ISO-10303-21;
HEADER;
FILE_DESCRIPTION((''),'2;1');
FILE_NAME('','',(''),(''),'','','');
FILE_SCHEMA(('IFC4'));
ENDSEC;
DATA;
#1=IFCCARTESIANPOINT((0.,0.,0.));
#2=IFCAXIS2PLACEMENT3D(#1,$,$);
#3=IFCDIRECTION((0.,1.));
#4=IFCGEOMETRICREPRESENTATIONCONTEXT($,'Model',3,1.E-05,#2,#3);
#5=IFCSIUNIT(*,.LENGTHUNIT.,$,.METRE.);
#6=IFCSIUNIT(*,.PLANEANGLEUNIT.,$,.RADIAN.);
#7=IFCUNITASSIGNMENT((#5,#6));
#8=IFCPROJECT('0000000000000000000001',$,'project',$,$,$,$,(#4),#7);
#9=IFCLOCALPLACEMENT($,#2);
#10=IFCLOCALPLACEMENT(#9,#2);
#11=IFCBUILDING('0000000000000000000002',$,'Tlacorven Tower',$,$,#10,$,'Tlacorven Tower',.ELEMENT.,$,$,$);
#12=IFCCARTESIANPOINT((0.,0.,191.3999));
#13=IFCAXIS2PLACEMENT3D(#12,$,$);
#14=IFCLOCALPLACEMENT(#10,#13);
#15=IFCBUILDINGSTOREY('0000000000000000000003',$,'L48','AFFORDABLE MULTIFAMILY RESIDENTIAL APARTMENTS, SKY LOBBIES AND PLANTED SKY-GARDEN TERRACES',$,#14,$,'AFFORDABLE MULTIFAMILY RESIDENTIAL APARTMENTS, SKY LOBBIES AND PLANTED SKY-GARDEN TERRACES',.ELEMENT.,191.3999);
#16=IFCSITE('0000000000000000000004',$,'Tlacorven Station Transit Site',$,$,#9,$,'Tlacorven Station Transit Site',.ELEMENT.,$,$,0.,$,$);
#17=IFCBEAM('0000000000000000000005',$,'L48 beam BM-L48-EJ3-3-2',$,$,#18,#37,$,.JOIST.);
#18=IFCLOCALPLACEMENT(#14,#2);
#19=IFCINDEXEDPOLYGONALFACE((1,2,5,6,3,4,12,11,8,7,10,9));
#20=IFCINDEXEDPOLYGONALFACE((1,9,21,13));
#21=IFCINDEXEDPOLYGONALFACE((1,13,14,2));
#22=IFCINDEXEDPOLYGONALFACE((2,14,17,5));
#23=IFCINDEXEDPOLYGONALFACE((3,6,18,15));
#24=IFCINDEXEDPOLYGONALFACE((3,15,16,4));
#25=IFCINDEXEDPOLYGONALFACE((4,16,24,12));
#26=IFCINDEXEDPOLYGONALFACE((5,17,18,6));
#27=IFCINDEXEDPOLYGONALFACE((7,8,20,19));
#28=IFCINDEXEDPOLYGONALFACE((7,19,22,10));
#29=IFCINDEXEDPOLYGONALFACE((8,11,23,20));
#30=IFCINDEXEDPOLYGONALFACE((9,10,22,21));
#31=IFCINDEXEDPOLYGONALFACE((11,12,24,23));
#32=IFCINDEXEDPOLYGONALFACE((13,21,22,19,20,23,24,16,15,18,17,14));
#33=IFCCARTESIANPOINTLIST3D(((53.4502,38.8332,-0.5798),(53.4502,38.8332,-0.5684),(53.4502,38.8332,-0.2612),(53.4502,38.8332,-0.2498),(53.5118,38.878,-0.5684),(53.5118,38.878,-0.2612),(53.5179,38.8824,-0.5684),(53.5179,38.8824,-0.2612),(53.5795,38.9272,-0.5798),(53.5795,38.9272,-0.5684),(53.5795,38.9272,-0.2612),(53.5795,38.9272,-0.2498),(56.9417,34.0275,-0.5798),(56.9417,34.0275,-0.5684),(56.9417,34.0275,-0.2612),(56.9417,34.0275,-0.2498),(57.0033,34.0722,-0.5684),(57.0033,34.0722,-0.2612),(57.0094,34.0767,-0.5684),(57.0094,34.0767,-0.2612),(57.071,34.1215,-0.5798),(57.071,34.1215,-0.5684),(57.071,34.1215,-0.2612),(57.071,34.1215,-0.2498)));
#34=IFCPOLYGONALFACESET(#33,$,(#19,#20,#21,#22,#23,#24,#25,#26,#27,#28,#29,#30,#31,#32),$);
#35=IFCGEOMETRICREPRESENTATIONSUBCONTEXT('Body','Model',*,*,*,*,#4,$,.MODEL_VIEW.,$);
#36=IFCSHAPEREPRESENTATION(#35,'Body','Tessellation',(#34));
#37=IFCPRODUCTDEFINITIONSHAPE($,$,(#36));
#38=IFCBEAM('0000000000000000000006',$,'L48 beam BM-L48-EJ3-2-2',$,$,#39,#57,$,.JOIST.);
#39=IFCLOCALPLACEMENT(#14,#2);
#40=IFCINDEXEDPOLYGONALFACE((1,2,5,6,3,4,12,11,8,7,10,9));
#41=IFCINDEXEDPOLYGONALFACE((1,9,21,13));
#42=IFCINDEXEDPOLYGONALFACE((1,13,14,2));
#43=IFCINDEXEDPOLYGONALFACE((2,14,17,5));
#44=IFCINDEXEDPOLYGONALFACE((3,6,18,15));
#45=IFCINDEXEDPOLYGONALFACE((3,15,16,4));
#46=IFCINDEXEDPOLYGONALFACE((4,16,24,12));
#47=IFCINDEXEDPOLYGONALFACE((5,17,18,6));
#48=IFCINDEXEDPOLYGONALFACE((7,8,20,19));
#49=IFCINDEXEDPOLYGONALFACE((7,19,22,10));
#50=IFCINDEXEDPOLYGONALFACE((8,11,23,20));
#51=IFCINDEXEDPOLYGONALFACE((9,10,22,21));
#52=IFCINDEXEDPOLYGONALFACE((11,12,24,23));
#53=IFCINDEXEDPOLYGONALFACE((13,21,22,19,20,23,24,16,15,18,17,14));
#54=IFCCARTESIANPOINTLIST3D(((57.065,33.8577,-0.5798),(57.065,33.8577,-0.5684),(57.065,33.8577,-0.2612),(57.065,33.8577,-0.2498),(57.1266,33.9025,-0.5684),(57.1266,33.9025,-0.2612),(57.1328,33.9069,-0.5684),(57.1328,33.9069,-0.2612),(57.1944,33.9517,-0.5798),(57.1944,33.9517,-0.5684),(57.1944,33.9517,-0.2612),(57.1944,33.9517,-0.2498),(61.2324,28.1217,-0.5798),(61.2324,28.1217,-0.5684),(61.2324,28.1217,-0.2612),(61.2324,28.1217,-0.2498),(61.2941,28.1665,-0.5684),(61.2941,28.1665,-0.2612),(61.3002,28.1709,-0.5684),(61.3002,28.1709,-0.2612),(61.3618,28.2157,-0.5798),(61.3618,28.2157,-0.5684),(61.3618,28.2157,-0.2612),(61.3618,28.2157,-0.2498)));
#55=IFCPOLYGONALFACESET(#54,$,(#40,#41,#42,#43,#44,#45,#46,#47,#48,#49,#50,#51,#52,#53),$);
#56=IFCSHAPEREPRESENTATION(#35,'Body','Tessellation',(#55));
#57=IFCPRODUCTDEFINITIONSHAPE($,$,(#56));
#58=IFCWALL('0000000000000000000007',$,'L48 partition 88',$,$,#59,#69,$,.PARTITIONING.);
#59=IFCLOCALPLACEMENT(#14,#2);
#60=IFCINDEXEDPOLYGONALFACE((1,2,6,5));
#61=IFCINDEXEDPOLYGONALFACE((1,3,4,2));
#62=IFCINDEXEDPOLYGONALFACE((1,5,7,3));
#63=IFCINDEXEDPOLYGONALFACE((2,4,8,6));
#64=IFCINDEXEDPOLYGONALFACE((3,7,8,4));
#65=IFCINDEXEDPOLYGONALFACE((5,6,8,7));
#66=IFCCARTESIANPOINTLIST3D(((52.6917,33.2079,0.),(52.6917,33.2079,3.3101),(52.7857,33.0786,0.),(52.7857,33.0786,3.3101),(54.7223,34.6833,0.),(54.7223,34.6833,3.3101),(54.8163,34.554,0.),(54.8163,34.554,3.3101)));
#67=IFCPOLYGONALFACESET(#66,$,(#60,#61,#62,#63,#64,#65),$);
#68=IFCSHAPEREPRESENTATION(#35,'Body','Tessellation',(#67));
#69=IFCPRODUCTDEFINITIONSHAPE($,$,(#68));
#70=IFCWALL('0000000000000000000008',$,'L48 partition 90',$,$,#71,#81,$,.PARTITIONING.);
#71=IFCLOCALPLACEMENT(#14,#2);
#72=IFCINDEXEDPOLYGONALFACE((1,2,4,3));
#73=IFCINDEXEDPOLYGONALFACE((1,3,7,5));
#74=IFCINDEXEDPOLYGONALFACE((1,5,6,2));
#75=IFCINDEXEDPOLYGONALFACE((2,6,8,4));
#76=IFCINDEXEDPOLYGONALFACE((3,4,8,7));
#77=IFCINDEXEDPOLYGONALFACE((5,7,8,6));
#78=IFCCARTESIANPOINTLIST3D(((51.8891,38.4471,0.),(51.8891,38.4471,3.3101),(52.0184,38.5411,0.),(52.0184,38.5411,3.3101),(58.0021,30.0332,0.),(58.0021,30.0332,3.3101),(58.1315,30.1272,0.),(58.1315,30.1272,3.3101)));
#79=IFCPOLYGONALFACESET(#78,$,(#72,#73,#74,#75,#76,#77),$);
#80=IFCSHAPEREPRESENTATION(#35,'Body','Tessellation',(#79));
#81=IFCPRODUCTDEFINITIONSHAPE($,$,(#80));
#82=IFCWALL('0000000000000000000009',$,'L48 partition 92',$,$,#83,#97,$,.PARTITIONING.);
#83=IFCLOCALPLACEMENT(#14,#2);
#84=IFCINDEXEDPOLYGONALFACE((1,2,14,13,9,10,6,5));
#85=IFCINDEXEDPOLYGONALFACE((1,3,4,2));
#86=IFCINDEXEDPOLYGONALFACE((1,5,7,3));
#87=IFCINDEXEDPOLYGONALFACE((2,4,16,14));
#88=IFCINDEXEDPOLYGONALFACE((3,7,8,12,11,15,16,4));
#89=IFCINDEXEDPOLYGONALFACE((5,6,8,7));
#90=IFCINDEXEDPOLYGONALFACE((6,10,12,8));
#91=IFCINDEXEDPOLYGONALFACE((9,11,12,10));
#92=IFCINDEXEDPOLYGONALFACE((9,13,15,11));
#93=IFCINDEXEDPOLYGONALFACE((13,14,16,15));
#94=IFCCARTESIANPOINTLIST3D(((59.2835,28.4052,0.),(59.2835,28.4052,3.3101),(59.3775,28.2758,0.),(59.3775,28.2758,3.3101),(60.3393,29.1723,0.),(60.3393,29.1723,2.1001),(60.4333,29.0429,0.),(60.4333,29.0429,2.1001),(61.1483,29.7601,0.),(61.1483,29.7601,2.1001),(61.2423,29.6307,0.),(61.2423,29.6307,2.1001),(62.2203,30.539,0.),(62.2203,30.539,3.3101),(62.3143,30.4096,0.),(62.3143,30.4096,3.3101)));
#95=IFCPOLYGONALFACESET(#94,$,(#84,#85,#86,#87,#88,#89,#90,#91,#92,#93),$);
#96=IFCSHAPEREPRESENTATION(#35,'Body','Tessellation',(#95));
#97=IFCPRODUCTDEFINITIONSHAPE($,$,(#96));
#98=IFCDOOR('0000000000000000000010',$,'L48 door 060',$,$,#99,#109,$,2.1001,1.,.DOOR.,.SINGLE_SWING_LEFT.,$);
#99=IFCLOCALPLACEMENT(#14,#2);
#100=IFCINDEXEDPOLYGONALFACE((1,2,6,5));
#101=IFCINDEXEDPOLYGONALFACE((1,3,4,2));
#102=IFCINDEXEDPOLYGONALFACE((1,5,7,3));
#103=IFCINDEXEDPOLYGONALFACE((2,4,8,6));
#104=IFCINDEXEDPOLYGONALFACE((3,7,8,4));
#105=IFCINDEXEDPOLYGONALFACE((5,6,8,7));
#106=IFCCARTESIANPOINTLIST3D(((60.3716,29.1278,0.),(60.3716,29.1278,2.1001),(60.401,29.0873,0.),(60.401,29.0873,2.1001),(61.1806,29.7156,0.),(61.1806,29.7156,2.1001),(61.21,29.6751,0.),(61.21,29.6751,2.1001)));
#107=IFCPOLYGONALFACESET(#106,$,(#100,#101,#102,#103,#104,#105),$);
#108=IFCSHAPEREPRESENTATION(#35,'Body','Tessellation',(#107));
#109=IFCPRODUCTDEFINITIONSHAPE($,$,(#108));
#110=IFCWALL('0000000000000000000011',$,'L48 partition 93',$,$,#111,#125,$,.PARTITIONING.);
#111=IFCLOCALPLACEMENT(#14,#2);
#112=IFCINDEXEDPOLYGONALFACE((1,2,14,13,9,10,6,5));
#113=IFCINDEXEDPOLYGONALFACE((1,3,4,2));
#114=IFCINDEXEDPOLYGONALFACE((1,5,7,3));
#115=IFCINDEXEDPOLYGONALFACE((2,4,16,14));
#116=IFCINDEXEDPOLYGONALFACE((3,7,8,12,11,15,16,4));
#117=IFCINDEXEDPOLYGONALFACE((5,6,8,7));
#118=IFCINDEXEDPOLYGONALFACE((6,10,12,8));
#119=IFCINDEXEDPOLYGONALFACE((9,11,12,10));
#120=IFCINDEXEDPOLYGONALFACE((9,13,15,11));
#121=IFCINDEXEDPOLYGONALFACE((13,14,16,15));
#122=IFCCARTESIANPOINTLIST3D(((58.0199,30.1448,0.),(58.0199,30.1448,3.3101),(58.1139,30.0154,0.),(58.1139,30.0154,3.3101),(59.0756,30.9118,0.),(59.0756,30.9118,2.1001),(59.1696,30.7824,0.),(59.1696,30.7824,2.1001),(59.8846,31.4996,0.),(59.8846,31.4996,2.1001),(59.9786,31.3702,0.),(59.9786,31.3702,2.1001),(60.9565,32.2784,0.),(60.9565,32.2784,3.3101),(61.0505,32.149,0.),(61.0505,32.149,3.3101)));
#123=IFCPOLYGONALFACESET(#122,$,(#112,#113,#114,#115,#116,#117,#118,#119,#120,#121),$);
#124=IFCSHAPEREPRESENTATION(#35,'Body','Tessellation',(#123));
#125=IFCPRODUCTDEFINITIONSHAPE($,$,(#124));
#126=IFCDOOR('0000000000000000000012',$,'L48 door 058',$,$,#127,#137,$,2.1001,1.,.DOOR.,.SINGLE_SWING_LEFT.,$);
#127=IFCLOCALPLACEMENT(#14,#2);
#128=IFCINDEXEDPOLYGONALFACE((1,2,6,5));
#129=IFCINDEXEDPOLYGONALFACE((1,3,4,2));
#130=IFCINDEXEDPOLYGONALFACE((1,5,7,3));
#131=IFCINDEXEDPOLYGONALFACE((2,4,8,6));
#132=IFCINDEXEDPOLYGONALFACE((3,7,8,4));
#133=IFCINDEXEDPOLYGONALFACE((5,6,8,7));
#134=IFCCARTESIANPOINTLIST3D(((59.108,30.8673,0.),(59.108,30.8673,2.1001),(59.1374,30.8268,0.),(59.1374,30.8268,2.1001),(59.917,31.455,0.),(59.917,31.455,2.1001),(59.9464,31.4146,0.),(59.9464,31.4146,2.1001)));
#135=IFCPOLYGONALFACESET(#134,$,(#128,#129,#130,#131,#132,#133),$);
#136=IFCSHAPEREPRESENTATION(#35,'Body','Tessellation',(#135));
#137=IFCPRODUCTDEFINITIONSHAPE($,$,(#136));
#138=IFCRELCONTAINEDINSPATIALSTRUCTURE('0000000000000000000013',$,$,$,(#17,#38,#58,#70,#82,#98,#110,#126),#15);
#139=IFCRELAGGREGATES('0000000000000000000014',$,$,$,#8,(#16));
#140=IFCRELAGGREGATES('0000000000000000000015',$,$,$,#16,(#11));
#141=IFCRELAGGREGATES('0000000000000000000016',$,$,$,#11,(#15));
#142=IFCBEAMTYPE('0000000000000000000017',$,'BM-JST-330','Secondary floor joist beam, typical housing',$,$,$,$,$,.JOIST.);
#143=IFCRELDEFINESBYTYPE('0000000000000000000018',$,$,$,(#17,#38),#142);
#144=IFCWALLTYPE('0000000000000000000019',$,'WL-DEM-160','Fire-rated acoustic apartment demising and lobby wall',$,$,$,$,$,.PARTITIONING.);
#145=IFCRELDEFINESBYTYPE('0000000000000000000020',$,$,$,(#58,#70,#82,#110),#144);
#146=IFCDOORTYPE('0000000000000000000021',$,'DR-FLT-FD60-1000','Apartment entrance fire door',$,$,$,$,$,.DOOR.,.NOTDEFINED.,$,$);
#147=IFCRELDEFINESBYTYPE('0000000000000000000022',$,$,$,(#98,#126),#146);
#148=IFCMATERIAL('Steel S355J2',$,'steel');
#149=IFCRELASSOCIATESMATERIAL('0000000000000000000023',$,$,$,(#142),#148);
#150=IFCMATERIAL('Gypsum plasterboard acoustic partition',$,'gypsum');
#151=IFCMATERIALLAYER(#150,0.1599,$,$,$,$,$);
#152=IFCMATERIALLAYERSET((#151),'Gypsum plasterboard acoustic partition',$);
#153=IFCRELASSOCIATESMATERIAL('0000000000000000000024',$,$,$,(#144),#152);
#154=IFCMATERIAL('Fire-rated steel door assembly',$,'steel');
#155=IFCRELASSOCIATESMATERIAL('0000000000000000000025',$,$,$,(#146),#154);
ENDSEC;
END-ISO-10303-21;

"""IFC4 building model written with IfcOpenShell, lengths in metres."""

from ifc_helpers import new_model, si_unit, direction, frame, frame_2d, origin, origin_2d, place, context, subcontext, project, spatial, rectangle, i_section, extrude, source, transform, mapped, material, layer, layer_set, material_profile, profile_set, type_object, element, fill, save


model = new_model("IFC4")

# Units and contexts
model_context = context("Model", 3, precision=1e-05, world=origin(), true_north=direction((0.0, 1.0)))
body_context = subcontext(model_context, "Body", "Model", "MODEL_VIEW")
ifc_project = project(units=[si_unit("LENGTHUNIT", "METRE"), si_unit("PLANEANGLEUNIT", "RADIAN")], contexts=[model_context])

# Site, building, storey
site_placement = place(None, origin())
site = spatial("IfcSite", under=ifc_project, at=site_placement, Name="Tlacorven Station Transit Site", LongName="Tlacorven Station Transit Site", CompositionType="ELEMENT", RefElevation=0.0)
building_placement = place(site_placement, origin())
building = spatial("IfcBuilding", under=site, at=building_placement, Name="Tlacorven Tower", LongName="Tlacorven Tower", CompositionType="ELEMENT")
storey_placement = place(building_placement, frame((0.0, 0.0, 191.3999)))
storey = spatial("IfcBuildingStorey", under=building, at=storey_placement, Name="L48", Description="AFFORDABLE MULTIFAMILY RESIDENTIAL APARTMENTS, SKY LOBBIES AND PLANTED SKY-GARDEN TERRACES", LongName="AFFORDABLE MULTIFAMILY RESIDENTIAL APARTMENTS, SKY LOBBIES AND PLANTED SKY-GARDEN TERRACES", CompositionType="ELEMENT", Elevation=191.3999)

# Beams
ifc_material_1 = material(Name="Steel S355J2", Category="steel")
ifc_material_profile_1 = material_profile(ifc_material_1, i_section(OverallWidth=0.1599, OverallDepth=0.3301, WebThickness=0.0076, FlangeThickness=0.0115, at=origin_2d()), Name="IPE 330")
ifc_profile_set_1 = profile_set([ifc_material_profile_1], Name="Steel S355J2")
beam_type_1 = type_object("IfcBeamType", Name="BM-JST-330", Description="Secondary floor joist beam, typical housing", PredefinedType="JOIST", material=ifc_profile_set_1)
shared_shape_1 = source(origin(), body_context, "Body", "SweptSolid", [
    extrude(i_section(OverallWidth=0.1599, OverallDepth=0.3301, WebThickness=0.0076, FlangeThickness=0.0115, at=origin_2d()), origin(), (0.0, 0.0, 1.0), 5.9402),
])
for number, where, z_axis, x_axis, name in (
    (1, (57.0063, 34.0745, -0.4148), (-0.587778, 0.809022, 0.0), (-0.809022, -0.587778, 0.0), "L48 beam BM-L48-EJ3-3-2"),
):
    element("IfcBeam", number, at=place(storey_placement, frame(where, z_axis=z_axis, x_axis=x_axis)), inside=storey, type_object=beam_type_1, Name=name, PredefinedType="JOIST", context=body_context, shape_type="MappedRepresentation", body=[
        mapped(shared_shape_1, transform((0.0, 0.0, 0.0), scale=1.0)),
    ])
shared_shape_2 = source(origin(), body_context, "Body", "SweptSolid", [
    extrude(i_section(OverallWidth=0.1599, OverallDepth=0.3301, WebThickness=0.0076, FlangeThickness=0.0115, at=origin_2d()), origin(), (0.0, 0.0, 1.0), 7.0901),
])
beam_1_placement = place(storey_placement, frame((61.2971, 28.1687, -0.4148), z_axis=(-0.587783, 0.809019, 0.0), x_axis=(-0.809019, -0.587783, 0.0)))
element("IfcBeam", 2, at=beam_1_placement, inside=storey, type_object=beam_type_1, Name="L48 beam BM-L48-EJ3-2-2", PredefinedType="JOIST", context=body_context, shape_type="MappedRepresentation", body=[
    mapped(shared_shape_2, transform((0.0, 0.0, 0.0), scale=1.0)),
])

# Walls
ifc_material_2 = material(Name="Gypsum plasterboard acoustic partition", Category="gypsum")
ifc_layer_1 = layer(ifc_material_2, 0.1599)
ifc_layer_set_1 = layer_set([ifc_layer_1], Name="Gypsum plasterboard acoustic partition")
wall_type_1 = type_object("IfcWallType", Name="WL-DEM-160", Description="Fire-rated acoustic apartment demising and lobby wall", PredefinedType="PARTITIONING", material=ifc_layer_set_1)
wall_1_placement = place(storey_placement, frame((52.7388, 33.1433, 0.0), z_axis=(0.0, 0.0, 1.0), x_axis=(0.809001, 0.587807, 0.0)))
element("IfcWall", 3, at=wall_1_placement, inside=storey, type_object=wall_type_1, Name="L48 partition 88", PredefinedType="PARTITIONING", context=body_context, shape_type="SweptSolid", body=[
    extrude(rectangle(XDim=2.51, YDim=0.1599, at=frame_2d((1.2549, 0.0))), origin(), (0.0, 0.0, 1.0), 3.3101),
])
wall_2_placement = place(storey_placement, frame((58.0669, 30.0801, 0.0), z_axis=(0.0, 0.0, 1.0), x_axis=(-0.587788, 0.809015, 0.0)))
element("IfcWall", 4, at=wall_2_placement, inside=storey, type_object=wall_type_1, Name="L48 partition 90", PredefinedType="PARTITIONING", context=body_context, shape_type="SweptSolid", body=[
    extrude(rectangle(XDim=10.4001, YDim=0.1599, at=frame_2d((5.2002, 0.0))), origin(), (0.0, 0.0, 1.0), 3.3101),
])

# Walls, openings, doors
wall_3_placement = place(storey_placement, frame((59.3306, 28.3406, 0.0), z_axis=(0.0, 0.0, 1.0), x_axis=(0.809004, 0.587804, 0.0)))
wall_3 = element("IfcWall", 5, at=wall_3_placement, inside=storey, type_object=wall_type_1, Name="L48 partition 92", PredefinedType="PARTITIONING", context=body_context, shape_type="SweptSolid", body=[
    extrude(rectangle(XDim=3.6301, YDim=0.1599, at=frame_2d((1.8149, 0.0))), origin(), (0.0, 0.0, 1.0), 3.3101),
])
opening_1_placement = place(wall_3_placement, frame((1.3049, 0.0, 0.0)))
opening_1 = element("IfcOpeningElement", 6, at=opening_1_placement, cuts=wall_3, PredefinedType="OPENING", context=body_context, shape_type="SweptSolid", body=[
    extrude(rectangle(XDim=1.0, YDim=2.1001, at=frame_2d((0.5, 1.05))), frame((0.0, 0.0898, 0.0), z_axis=(0.0, -1.0, 0.0), x_axis=(1.0, 0.0, 0.0)), (0.0, 0.0, 1.0), 0.1799),
])
ifc_material_3 = material(Name="Fire-rated steel door assembly", Category="steel")
door_type_1 = type_object("IfcDoorType", Name="DR-FLT-FD60-1000", Description="Apartment entrance fire door", OperationType="NOTDEFINED", PredefinedType="DOOR", material=ifc_material_3)
shared_shape_3 = source(origin(), body_context, "Body", "SweptSolid", [
    extrude(rectangle(XDim=1.0, YDim=2.1001, at=frame_2d((0.5, 1.05))), frame((0.0, 0.0249, 0.0), z_axis=(0.0, -1.0, 0.0), x_axis=(1.0, 0.0, 0.0)), (0.0, 0.0, 1.0), 0.05),
])
door_1_placement = place(opening_1_placement, origin())
door_1 = element("IfcDoor", 7, at=door_1_placement, inside=storey, type_object=door_type_1, Name="L48 door 060", OperationType="SINGLE_SWING_LEFT", OverallHeight=2.1001, OverallWidth=1.0, PredefinedType="DOOR", context=body_context, shape_type="MappedRepresentation", body=[
    mapped(shared_shape_3, transform((0.0, 0.0, 0.0), scale=1.0)),
])
fill(opening_1, door_1)
wall_4_placement = place(storey_placement, frame((58.0669, 30.0801, 0.0), z_axis=(0.0, 0.0, 1.0), x_axis=(0.809012, 0.587792, 0.0)))
wall_4 = element("IfcWall", 8, at=wall_4_placement, inside=storey, type_object=wall_type_1, Name="L48 partition 93", PredefinedType="PARTITIONING", context=body_context, shape_type="SweptSolid", body=[
    extrude(rectangle(XDim=3.6299, YDim=0.1599, at=frame_2d((1.8149, 0.0))), origin(), (0.0, 0.0, 1.0), 3.3101),
])
opening_2_placement = place(wall_4_placement, frame((1.3049, 0.0, 0.0)))
opening_2 = element("IfcOpeningElement", 9, at=opening_2_placement, cuts=wall_4, PredefinedType="OPENING", context=body_context, shape_type="SweptSolid", body=[
    extrude(rectangle(XDim=1.0, YDim=2.1001, at=frame_2d((0.5, 1.05))), frame((0.0, 0.0898, 0.0), z_axis=(0.0, -1.0, 0.0), x_axis=(1.0, 0.0, 0.0)), (0.0, 0.0, 1.0), 0.1799),
])
door_2_placement = place(opening_2_placement, origin())
door_2 = element("IfcDoor", 10, at=door_2_placement, inside=storey, type_object=door_type_1, Name="L48 door 058", OperationType="SINGLE_SWING_LEFT", OverallHeight=2.1001, OverallWidth=1.0, PredefinedType="DOOR", context=body_context, shape_type="MappedRepresentation", body=[
    mapped(shared_shape_3, transform((0.0, 0.0, 0.0), scale=1.0)),
])
fill(opening_2, door_2)

save(model, "model.ifc")
